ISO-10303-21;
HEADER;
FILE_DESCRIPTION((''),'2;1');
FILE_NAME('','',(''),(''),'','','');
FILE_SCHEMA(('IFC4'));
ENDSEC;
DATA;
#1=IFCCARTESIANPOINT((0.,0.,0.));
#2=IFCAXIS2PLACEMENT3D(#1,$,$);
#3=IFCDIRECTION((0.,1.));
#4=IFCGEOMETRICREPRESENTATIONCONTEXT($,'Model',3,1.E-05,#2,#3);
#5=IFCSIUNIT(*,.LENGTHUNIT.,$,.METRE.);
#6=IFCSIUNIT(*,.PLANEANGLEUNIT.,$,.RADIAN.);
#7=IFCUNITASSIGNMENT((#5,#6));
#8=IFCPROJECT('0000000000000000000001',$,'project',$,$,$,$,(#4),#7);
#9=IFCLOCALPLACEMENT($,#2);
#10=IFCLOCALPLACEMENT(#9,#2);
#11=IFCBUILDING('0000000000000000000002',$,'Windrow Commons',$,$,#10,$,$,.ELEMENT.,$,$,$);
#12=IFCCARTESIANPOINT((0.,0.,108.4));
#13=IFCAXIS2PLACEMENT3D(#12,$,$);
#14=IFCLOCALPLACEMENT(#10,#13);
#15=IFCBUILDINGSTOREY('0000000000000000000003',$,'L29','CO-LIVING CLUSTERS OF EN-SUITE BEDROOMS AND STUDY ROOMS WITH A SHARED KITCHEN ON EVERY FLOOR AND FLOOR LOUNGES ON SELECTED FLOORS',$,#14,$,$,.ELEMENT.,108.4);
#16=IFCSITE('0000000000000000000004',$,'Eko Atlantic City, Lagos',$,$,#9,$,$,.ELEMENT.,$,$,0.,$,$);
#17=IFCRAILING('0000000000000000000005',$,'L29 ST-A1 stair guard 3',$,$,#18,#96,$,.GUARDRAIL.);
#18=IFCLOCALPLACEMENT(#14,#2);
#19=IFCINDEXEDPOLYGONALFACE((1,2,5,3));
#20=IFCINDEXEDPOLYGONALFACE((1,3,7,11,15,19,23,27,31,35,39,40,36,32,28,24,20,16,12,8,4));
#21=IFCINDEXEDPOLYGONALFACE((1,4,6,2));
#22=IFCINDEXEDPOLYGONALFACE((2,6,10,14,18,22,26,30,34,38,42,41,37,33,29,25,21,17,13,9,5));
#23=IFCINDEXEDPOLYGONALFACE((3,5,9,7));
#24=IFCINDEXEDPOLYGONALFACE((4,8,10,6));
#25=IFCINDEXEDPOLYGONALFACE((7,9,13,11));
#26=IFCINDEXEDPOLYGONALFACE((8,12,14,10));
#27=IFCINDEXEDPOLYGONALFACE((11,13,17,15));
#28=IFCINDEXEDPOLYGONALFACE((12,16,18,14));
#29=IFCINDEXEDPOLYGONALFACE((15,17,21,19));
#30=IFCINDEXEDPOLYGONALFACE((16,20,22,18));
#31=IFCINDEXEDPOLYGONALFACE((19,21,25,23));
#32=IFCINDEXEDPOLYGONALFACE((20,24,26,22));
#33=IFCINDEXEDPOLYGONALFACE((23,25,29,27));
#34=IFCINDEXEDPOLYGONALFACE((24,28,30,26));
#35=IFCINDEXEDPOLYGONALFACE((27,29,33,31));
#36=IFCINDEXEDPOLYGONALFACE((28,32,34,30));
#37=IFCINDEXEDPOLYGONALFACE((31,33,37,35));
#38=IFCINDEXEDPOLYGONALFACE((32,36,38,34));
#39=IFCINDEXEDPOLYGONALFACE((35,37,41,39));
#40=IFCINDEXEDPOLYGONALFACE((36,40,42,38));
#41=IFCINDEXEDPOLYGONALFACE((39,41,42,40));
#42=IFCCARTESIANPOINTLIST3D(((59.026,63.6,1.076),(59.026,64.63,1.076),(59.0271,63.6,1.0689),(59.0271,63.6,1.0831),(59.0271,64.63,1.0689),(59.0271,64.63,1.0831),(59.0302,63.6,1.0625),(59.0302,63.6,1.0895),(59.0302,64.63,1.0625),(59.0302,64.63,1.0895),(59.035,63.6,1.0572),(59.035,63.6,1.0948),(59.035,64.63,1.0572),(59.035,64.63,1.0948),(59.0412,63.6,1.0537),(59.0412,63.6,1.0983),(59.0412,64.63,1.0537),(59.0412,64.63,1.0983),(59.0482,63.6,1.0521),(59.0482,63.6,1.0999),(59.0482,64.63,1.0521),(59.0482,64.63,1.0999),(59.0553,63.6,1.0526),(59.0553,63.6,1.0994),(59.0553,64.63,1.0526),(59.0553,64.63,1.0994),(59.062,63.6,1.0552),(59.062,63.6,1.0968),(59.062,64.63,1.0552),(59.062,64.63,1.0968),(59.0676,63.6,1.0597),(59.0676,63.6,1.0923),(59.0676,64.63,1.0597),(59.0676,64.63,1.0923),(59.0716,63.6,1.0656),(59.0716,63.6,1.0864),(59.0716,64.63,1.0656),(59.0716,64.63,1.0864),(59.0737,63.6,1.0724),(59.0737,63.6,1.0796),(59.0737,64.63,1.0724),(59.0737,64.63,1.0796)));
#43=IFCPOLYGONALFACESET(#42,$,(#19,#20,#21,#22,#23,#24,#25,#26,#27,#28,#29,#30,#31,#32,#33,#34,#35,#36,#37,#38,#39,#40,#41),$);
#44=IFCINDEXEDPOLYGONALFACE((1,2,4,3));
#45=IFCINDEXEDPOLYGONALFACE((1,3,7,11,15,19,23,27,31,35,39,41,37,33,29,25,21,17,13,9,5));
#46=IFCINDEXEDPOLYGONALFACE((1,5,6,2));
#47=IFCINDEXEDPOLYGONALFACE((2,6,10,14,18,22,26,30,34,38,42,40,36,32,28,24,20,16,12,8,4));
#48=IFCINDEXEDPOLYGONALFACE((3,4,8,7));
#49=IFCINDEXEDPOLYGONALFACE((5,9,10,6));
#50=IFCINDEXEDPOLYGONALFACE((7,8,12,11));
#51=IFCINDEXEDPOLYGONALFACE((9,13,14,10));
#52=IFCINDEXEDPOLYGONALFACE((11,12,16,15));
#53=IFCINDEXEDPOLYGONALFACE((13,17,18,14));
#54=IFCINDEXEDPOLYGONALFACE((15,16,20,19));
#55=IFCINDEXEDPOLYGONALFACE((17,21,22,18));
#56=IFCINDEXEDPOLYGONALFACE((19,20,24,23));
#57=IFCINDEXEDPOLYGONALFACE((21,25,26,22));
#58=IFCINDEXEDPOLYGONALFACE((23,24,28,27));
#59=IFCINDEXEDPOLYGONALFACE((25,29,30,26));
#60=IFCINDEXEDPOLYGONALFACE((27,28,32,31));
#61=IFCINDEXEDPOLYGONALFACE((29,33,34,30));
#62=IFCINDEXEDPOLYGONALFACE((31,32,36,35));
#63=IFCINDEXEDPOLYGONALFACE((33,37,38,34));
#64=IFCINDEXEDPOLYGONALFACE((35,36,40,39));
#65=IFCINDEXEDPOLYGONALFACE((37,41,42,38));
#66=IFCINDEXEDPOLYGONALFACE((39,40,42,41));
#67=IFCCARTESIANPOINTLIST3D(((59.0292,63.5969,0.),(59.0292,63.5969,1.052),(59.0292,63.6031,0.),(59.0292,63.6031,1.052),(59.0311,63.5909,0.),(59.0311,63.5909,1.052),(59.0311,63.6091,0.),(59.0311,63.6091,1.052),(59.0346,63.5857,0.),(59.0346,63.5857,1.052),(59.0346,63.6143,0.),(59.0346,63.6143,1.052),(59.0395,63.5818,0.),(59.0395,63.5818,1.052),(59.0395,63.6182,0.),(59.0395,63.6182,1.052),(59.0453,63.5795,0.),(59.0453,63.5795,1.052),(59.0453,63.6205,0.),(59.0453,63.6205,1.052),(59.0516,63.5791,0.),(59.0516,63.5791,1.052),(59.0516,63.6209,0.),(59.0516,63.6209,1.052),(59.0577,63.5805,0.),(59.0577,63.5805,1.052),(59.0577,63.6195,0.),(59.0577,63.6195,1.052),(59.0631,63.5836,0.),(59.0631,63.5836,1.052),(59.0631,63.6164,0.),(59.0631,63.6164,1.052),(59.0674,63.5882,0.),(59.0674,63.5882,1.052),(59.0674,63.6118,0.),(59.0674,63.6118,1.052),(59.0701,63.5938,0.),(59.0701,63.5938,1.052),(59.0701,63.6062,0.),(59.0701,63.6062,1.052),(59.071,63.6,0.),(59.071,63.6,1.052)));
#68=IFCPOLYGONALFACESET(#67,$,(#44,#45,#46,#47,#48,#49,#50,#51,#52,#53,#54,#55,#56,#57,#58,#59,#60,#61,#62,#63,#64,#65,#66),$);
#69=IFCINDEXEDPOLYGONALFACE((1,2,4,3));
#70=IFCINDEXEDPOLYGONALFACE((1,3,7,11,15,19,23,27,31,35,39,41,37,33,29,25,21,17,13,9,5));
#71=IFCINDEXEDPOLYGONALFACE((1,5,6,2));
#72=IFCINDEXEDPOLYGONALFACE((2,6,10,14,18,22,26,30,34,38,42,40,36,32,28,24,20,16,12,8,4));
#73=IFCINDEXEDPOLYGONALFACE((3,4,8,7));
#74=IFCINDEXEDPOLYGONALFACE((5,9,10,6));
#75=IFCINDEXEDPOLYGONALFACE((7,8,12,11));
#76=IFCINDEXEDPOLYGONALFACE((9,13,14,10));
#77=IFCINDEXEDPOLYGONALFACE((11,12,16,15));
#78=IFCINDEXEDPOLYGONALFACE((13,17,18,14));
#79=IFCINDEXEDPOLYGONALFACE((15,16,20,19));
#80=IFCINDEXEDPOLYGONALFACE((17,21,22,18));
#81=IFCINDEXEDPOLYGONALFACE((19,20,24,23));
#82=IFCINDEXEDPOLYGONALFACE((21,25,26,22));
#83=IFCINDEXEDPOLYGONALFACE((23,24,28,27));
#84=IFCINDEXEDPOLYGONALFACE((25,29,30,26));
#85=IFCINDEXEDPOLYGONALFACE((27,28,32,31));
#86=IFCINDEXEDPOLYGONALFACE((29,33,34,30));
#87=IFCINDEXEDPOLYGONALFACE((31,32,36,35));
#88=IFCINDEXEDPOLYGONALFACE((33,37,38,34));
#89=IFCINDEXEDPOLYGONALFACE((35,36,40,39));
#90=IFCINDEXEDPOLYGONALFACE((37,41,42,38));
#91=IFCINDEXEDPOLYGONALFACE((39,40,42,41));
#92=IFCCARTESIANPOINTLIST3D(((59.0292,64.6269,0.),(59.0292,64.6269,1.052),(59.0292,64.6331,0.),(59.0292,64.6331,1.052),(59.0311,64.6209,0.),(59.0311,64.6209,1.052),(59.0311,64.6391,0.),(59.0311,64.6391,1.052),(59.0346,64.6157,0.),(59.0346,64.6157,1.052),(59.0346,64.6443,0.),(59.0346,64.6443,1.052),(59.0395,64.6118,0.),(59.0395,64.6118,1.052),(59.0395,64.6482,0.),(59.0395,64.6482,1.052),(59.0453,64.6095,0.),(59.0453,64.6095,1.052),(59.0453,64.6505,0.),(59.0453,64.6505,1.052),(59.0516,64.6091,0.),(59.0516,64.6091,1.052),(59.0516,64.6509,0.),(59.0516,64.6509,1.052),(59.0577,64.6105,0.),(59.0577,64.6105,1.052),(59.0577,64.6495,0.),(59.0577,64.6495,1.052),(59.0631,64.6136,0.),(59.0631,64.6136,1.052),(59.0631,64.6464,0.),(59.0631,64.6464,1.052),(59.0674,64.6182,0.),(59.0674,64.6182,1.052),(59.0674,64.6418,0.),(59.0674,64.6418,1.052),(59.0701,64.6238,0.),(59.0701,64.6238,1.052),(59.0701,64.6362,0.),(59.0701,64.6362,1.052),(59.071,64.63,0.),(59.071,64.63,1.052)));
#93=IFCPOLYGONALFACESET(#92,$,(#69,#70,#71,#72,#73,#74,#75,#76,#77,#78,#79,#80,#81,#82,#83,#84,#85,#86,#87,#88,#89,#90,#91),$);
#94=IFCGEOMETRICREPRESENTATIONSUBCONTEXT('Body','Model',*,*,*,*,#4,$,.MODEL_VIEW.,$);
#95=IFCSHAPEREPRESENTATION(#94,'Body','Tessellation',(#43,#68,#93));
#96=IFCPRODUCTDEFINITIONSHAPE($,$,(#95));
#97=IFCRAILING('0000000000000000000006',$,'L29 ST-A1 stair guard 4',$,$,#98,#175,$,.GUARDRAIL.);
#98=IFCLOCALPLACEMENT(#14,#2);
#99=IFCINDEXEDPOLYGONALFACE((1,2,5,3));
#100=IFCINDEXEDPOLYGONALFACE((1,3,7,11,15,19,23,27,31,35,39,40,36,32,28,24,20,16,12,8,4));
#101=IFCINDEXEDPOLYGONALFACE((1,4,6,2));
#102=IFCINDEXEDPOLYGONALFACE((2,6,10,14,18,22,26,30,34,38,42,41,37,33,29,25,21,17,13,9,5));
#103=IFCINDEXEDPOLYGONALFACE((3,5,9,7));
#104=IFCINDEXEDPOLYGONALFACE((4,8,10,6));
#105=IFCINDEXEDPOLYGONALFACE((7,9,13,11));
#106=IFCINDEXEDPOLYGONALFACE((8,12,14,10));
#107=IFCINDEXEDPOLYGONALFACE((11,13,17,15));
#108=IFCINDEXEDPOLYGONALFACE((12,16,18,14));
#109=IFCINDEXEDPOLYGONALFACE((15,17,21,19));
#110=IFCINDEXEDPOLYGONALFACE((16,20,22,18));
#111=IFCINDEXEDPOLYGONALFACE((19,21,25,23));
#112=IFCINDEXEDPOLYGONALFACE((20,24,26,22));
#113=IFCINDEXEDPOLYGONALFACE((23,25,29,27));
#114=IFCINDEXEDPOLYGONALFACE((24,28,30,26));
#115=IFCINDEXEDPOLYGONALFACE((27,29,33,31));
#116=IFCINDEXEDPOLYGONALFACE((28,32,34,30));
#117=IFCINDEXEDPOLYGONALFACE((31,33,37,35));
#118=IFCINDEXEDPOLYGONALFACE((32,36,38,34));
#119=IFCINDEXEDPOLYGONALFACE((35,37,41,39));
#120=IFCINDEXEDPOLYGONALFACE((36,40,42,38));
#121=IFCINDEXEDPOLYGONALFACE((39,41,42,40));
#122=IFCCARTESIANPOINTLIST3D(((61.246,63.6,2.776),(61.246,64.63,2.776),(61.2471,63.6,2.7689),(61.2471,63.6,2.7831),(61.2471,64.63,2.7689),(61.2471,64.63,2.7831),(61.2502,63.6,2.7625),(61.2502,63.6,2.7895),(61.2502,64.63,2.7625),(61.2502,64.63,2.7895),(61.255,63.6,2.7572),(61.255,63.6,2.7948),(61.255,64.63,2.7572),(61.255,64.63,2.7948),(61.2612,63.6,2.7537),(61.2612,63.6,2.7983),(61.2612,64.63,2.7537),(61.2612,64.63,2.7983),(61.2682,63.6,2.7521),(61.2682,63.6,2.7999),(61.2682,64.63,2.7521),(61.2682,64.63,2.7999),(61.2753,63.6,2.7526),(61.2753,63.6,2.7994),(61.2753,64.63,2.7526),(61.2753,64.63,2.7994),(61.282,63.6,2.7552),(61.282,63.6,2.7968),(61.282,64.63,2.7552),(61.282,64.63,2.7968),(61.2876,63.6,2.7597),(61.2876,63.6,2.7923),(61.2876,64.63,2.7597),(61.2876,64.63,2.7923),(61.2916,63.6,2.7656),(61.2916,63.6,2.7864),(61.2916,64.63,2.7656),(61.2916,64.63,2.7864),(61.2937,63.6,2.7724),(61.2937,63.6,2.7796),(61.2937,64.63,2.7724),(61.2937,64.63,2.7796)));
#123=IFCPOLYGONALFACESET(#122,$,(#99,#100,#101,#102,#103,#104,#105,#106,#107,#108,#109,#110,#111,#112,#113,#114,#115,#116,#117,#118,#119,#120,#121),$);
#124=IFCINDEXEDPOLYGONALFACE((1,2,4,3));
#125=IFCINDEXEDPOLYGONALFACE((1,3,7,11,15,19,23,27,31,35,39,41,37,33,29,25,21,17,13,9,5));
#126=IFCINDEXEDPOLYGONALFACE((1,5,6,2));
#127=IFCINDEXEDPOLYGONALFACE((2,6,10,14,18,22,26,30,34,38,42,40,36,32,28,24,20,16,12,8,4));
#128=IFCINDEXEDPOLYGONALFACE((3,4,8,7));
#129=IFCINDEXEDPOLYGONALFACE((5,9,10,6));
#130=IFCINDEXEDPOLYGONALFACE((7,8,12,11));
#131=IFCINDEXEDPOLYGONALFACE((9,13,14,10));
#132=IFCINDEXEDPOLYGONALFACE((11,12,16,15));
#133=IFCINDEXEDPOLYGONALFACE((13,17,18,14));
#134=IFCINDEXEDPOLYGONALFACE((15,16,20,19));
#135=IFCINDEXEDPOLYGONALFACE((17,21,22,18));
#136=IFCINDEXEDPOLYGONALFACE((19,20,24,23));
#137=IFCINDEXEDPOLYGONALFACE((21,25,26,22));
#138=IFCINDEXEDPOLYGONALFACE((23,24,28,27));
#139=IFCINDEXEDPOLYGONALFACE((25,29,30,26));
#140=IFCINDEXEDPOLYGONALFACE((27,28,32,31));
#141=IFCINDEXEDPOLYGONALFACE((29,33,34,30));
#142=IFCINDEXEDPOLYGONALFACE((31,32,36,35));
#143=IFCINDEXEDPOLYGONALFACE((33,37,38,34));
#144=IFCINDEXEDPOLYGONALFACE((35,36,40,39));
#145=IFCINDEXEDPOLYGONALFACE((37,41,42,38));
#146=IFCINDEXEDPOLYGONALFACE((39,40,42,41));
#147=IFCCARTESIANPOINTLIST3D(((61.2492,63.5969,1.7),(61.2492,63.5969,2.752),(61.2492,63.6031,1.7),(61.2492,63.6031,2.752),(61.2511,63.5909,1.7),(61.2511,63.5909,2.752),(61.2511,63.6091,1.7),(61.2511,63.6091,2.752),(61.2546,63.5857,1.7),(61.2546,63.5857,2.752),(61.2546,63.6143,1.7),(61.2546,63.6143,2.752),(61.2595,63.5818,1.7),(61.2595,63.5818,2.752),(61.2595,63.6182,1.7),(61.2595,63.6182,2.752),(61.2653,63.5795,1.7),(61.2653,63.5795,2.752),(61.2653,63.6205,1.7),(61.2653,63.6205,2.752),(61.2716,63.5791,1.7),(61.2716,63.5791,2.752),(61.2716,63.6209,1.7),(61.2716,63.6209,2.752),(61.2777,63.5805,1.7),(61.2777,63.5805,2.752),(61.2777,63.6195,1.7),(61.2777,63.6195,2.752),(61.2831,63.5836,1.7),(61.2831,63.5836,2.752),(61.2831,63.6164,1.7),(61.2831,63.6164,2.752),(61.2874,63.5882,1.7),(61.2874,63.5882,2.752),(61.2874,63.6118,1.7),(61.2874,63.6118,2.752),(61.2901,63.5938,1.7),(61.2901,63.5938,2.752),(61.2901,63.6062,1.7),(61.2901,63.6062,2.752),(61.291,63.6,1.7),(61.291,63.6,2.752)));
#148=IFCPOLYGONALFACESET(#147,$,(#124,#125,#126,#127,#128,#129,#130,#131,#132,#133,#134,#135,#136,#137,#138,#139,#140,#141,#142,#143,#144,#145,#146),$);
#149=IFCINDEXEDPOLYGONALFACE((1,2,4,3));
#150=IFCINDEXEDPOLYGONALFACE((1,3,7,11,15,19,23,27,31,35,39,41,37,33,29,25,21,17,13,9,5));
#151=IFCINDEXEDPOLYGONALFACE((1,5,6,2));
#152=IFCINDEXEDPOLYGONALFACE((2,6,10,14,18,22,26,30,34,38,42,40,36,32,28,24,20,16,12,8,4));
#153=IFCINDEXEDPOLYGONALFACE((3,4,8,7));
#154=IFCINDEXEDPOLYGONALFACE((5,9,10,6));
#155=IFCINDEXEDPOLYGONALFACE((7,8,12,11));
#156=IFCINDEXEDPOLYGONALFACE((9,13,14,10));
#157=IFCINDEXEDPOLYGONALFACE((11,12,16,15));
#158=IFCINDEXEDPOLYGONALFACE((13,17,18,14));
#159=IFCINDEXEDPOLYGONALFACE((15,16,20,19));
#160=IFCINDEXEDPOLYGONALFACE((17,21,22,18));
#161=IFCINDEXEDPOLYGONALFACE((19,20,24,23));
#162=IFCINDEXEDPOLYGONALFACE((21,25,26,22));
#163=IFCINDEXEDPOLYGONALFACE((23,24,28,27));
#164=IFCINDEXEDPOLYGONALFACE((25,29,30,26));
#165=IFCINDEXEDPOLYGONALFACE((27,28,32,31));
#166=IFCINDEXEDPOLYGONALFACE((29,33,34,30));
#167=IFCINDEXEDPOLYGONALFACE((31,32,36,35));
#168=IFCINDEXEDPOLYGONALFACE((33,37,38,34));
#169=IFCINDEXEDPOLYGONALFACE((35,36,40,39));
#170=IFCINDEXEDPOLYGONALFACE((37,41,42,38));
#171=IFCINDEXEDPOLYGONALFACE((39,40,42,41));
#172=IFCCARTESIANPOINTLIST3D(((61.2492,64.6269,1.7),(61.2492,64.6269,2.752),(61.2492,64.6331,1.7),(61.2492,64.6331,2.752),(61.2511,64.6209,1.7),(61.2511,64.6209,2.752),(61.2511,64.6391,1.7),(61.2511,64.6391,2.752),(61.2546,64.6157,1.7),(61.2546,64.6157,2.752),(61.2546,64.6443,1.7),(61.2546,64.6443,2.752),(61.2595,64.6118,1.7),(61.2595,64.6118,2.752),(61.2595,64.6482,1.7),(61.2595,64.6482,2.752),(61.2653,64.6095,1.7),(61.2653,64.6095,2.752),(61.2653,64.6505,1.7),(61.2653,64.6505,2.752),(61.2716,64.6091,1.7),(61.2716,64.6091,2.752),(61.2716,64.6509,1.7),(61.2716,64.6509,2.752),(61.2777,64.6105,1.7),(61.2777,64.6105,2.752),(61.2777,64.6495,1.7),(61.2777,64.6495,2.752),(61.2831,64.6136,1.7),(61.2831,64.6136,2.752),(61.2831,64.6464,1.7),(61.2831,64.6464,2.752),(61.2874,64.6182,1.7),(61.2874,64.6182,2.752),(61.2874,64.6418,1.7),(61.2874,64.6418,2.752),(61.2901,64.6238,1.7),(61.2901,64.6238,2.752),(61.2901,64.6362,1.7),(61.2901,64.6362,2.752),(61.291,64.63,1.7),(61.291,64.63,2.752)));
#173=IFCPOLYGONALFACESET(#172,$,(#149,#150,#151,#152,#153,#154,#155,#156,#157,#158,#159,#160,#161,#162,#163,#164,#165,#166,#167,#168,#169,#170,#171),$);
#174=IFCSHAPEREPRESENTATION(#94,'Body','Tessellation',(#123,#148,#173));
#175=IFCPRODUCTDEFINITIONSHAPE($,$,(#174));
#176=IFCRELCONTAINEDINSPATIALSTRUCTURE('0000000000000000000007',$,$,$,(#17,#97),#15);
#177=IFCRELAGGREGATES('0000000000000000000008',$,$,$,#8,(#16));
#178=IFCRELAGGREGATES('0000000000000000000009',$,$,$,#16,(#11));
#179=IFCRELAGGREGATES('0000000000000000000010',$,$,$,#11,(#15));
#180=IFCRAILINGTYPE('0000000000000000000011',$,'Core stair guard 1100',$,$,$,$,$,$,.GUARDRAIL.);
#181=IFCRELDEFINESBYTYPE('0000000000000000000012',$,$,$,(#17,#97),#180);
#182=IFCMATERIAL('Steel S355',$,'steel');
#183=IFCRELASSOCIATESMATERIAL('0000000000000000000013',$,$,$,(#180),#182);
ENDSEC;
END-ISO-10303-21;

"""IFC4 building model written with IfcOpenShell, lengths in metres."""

from ifc_helpers import new_model, si_unit, direction, frame, origin, origin_2d, place, context, subcontext, project, spatial, circle, extrude, material, type_object, element, save


model = new_model("IFC4")

# Units and contexts
model_context = context("Model", 3, precision=1e-05, world=origin(), true_north=direction((0.0, 1.0)))
body_context = subcontext(model_context, "Body", "Model", "MODEL_VIEW")
ifc_project = project(units=[si_unit("LENGTHUNIT", "METRE"), si_unit("PLANEANGLEUNIT", "RADIAN")], contexts=[model_context])

# Site, building, storey
site_placement = place(None, origin())
site = spatial("IfcSite", under=ifc_project, at=site_placement, Name="Eko Atlantic City, Lagos", CompositionType="ELEMENT", RefElevation=0.0)
building_placement = place(site_placement, origin())
building = spatial("IfcBuilding", under=site, at=building_placement, Name="Windrow Commons", CompositionType="ELEMENT")
storey_placement = place(building_placement, frame((0.0, 0.0, 108.4)))
storey = spatial("IfcBuildingStorey", under=building, at=storey_placement, Name="L29", Description="CO-LIVING CLUSTERS OF EN-SUITE BEDROOMS AND STUDY ROOMS WITH A SHARED KITCHEN ON EVERY FLOOR AND FLOOR LOUNGES ON SELECTED FLOORS", CompositionType="ELEMENT", Elevation=108.4)

# Railings
ifc_material_1 = material(Name="Steel S355", Category="steel")
railing_type_1 = type_object("IfcRailingType", Name="Core stair guard 1100", PredefinedType="GUARDRAIL", material=ifc_material_1)
for number, where, name in (
    (1, (59.05, 63.6, 0.0), "L29 ST-A1 stair guard 3"),
    (2, (61.27, 63.6, 1.7), "L29 ST-A1 stair guard 4"),
):
    element("IfcRailing", number, at=place(storey_placement, frame(where)), inside=storey, type_object=railing_type_1, Name=name, PredefinedType="GUARDRAIL", context=body_context, shape_type="SweptSolid", body=[
        extrude(circle(Radius=0.024, at=origin_2d()), frame((0.0, 0.0, 1.076), z_axis=(0.0, 1.0, 0.0), x_axis=(-1.0, 0.0, 0.0)), (0.0, 0.0, 1.0), 1.03),
        extrude(circle(Radius=0.021, at=origin_2d()), origin(), (0.0, 0.0, 1.0), 1.052),
        extrude(circle(Radius=0.021, at=origin_2d()), frame((0.0, 1.03, 0.0)), (0.0, 0.0, 1.0), 1.052),
    ])

save(model, "model.ifc")
